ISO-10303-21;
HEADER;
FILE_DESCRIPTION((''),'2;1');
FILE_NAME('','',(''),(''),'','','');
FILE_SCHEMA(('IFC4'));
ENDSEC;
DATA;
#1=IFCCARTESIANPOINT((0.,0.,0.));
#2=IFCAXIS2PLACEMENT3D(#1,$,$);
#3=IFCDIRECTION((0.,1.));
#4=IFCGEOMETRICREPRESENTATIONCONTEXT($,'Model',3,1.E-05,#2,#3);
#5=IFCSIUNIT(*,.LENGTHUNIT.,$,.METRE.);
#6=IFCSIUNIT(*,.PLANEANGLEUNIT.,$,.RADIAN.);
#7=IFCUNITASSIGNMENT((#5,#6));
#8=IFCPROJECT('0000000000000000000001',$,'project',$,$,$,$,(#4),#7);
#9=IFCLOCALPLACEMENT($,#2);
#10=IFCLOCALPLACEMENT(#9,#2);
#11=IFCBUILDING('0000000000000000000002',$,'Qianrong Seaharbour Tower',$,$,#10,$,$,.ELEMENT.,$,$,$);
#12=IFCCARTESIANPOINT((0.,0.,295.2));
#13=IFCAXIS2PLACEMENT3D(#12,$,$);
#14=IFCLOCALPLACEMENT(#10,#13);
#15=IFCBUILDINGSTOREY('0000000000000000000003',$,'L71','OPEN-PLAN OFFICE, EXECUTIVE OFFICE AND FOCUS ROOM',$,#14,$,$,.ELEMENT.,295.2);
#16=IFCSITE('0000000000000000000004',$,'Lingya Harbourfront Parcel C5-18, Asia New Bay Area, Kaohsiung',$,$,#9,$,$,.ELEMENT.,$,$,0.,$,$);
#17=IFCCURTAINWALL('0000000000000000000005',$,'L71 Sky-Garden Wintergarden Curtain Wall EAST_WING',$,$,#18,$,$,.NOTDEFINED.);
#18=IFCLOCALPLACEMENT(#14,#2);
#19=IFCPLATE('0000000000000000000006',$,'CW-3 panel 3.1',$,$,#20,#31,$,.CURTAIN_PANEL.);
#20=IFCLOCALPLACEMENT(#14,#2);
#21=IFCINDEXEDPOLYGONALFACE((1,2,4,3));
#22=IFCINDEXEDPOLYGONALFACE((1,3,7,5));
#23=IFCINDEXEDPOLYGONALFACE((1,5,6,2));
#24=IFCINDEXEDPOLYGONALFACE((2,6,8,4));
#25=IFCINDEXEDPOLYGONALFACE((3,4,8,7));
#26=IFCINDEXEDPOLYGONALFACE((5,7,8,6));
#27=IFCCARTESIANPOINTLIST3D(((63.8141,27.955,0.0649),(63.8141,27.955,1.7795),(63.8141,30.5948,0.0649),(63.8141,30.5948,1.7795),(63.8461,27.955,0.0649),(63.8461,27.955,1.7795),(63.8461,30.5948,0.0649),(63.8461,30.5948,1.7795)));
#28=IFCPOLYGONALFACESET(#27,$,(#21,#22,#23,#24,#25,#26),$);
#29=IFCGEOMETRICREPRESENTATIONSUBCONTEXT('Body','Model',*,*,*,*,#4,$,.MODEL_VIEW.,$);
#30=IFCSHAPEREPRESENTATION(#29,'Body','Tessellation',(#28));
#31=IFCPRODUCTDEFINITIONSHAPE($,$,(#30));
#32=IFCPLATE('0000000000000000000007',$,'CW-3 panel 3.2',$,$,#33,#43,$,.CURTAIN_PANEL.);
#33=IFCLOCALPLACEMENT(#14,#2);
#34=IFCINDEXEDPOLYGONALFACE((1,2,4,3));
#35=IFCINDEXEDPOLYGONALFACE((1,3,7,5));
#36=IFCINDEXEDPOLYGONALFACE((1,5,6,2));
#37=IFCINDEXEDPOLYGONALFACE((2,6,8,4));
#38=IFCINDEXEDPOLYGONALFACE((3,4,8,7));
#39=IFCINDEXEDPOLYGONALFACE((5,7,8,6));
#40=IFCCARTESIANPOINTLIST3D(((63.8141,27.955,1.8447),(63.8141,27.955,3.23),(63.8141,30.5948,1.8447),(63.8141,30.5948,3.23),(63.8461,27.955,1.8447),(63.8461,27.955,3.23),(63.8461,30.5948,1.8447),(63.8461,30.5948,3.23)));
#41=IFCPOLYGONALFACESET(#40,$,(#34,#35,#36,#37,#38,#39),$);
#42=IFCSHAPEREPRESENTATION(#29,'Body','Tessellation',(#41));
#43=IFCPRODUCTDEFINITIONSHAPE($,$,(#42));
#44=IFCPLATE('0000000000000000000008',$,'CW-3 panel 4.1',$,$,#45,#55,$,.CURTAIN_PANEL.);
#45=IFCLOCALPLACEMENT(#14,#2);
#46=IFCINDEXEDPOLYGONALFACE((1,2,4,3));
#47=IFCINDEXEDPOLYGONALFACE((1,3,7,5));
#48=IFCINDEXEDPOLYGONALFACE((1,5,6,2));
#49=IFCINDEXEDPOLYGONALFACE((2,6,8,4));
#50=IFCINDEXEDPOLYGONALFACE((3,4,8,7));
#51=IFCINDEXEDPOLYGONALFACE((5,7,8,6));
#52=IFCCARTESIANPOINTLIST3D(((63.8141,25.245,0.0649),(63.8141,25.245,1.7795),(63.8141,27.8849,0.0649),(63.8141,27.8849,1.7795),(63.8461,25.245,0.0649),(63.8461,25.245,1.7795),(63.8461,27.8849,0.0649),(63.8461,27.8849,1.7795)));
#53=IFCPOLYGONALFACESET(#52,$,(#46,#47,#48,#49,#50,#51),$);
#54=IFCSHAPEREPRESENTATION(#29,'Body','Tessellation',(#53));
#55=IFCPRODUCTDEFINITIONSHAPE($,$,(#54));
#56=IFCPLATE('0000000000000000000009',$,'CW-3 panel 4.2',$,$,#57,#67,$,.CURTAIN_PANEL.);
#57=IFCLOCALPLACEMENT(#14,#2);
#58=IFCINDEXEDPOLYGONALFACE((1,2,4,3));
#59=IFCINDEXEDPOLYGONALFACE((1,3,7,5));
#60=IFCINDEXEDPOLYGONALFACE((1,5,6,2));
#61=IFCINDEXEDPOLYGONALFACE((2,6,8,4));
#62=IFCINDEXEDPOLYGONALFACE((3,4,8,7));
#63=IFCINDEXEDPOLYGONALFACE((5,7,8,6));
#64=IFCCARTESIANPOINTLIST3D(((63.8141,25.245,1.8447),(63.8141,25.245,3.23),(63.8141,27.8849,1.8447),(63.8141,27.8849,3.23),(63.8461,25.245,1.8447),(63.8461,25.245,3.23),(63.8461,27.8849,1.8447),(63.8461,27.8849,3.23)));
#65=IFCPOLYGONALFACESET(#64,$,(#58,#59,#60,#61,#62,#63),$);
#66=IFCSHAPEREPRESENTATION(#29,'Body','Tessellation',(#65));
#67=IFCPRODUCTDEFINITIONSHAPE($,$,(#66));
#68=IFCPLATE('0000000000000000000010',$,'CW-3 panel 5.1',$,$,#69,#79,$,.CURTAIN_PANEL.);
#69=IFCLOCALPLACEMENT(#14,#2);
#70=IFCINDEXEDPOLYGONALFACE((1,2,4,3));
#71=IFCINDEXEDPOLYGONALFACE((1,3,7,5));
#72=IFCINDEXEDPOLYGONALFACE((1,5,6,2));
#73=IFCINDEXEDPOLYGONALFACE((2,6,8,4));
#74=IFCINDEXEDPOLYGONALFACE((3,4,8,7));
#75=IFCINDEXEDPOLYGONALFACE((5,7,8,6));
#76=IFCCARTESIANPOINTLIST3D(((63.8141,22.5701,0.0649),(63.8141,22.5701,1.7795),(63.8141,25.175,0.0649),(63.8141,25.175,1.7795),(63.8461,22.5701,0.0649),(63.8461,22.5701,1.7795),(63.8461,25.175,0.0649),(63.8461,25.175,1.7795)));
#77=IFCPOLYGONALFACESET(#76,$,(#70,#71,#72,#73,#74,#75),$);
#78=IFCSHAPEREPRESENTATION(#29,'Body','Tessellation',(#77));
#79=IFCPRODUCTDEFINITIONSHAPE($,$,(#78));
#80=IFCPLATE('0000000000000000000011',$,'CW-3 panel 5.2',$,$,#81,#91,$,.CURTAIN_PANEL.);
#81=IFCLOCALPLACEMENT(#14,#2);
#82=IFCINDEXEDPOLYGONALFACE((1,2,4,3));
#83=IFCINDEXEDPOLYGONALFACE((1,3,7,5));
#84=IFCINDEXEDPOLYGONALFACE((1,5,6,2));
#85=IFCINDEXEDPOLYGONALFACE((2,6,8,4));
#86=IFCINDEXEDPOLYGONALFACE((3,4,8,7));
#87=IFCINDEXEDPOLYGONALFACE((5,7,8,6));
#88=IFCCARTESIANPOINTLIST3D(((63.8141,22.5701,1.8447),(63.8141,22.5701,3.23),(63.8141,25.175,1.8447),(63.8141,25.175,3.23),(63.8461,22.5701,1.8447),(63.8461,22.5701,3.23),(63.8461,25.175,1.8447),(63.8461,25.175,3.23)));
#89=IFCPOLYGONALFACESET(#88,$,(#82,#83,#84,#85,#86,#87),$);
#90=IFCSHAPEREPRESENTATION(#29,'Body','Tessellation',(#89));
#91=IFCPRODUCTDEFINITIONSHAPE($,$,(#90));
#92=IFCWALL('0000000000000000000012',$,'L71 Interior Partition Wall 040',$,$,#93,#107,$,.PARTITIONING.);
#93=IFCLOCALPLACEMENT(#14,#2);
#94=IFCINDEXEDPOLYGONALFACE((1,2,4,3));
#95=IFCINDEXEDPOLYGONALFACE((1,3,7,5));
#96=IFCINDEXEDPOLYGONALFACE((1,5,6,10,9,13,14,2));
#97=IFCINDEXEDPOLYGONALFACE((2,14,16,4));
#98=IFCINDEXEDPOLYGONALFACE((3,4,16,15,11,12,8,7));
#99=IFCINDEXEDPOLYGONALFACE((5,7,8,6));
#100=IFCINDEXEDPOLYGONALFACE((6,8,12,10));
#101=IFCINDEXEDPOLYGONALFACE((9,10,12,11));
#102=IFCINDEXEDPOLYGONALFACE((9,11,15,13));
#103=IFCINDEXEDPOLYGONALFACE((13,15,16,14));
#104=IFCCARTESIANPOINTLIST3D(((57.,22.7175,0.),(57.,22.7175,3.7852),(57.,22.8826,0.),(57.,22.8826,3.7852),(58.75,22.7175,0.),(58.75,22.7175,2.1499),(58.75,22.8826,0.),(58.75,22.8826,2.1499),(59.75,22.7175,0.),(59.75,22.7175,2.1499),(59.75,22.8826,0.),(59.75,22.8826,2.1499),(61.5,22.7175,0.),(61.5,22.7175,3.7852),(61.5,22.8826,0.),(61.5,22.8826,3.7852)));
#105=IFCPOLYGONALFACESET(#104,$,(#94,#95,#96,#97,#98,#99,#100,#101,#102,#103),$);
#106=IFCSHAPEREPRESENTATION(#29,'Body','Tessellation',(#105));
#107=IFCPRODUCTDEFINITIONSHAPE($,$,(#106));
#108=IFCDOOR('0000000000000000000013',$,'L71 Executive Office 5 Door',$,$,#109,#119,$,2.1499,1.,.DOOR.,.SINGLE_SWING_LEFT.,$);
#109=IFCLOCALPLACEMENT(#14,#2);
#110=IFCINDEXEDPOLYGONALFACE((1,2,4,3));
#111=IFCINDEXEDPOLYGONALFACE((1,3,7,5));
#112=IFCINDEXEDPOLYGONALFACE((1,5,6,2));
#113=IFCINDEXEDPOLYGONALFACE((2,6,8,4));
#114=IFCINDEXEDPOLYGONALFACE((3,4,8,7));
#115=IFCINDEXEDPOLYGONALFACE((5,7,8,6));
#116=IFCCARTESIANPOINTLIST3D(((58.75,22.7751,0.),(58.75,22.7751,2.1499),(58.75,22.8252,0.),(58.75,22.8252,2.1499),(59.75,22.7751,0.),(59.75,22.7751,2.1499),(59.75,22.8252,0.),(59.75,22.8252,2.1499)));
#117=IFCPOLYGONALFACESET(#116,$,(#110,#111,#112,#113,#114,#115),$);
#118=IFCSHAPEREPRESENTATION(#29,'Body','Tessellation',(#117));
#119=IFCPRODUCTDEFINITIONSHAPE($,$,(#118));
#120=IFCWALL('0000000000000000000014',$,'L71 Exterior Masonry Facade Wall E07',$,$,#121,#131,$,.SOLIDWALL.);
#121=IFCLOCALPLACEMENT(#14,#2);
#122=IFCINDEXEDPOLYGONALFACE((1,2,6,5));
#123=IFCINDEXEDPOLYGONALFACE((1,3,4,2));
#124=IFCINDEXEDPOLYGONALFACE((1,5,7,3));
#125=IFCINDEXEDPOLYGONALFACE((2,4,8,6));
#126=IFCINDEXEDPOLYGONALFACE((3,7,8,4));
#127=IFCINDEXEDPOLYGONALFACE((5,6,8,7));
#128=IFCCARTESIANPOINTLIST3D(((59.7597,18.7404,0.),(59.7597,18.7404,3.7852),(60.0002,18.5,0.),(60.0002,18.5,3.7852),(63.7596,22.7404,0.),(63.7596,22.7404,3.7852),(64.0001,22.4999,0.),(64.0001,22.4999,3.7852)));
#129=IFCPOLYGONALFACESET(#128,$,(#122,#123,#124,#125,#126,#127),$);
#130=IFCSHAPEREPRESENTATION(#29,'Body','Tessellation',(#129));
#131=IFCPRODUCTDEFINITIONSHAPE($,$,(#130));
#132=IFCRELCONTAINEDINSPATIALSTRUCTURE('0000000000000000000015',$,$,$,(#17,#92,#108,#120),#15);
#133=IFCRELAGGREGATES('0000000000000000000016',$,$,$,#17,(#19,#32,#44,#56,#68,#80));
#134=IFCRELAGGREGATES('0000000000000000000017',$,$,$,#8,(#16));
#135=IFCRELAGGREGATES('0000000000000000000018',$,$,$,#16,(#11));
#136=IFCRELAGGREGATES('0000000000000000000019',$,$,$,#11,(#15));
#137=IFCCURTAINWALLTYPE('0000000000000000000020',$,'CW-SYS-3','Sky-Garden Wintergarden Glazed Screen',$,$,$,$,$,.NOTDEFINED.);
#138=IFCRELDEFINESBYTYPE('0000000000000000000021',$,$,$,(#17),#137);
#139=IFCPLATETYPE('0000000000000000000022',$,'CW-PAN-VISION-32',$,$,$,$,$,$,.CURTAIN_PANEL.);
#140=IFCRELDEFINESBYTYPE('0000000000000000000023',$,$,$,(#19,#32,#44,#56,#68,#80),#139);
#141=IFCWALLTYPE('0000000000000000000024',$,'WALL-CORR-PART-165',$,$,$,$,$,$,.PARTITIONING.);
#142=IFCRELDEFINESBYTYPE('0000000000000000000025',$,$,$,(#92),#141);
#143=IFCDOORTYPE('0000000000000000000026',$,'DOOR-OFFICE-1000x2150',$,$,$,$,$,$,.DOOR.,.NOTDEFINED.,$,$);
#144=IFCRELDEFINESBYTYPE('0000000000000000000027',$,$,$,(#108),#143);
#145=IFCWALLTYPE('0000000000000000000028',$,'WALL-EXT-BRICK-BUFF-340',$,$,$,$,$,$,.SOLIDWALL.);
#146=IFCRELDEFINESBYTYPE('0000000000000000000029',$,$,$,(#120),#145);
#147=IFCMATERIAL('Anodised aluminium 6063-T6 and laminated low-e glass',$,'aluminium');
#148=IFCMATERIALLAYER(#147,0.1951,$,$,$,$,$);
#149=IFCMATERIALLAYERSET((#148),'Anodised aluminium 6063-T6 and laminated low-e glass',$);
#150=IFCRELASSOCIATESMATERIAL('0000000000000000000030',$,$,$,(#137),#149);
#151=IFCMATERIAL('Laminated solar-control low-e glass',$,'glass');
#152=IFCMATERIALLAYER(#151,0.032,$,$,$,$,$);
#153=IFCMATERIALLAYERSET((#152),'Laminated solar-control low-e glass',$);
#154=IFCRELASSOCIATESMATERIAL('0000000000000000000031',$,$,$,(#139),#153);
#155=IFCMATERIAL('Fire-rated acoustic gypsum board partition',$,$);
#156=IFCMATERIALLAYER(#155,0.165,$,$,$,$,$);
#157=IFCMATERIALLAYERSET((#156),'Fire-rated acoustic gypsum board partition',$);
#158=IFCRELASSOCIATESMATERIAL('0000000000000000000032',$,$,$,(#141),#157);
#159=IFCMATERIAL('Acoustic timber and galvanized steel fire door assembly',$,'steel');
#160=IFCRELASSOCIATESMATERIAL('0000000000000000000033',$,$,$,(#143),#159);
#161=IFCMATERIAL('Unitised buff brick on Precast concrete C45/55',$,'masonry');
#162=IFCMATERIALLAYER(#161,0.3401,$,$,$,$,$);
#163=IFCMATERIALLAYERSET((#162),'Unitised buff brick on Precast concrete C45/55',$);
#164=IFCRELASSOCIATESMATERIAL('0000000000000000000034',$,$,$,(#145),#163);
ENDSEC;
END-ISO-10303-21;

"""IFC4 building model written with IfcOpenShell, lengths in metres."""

from ifc_helpers import new_model, si_unit, direction, frame, frame_2d, origin, origin_2d, place, context, subcontext, project, spatial, rectangle, extrude, material, layer, layer_set, type_object, element, fill, aggregate, save


model = new_model("IFC4")

# Units and contexts
model_context = context("Model", 3, precision=1e-05, world=origin(), true_north=direction((0.0, 1.0)))
body_context = subcontext(model_context, "Body", "Model", "MODEL_VIEW")
ifc_project = project(units=[si_unit("LENGTHUNIT", "METRE"), si_unit("PLANEANGLEUNIT", "RADIAN")], contexts=[model_context])

# Site, building, storey
site_placement = place(None, origin())
site = spatial("IfcSite", under=ifc_project, at=site_placement, Name="Lingya Harbourfront Parcel C5-18, Asia New Bay Area, Kaohsiung", CompositionType="ELEMENT", RefElevation=0.0)
building_placement = place(site_placement, origin())
building = spatial("IfcBuilding", under=site, at=building_placement, Name="Qianrong Seaharbour Tower", CompositionType="ELEMENT")
storey_placement = place(building_placement, frame((0.0, 0.0, 295.2)))
storey = spatial("IfcBuildingStorey", under=building, at=storey_placement, Name="L71", Description="OPEN-PLAN OFFICE, EXECUTIVE OFFICE AND FOCUS ROOM", CompositionType="ELEMENT", Elevation=295.2)

# Curtain wall, plates
ifc_material_1 = material(Name="Anodised aluminium 6063-T6 and laminated low-e glass", Category="aluminium")
ifc_layer_1 = layer(ifc_material_1, 0.1951)
ifc_layer_set_1 = layer_set([ifc_layer_1], Name="Anodised aluminium 6063-T6 and laminated low-e glass")
curtain_wall_type = type_object("IfcCurtainWallType", Name="CW-SYS-3", Description="Sky-Garden Wintergarden Glazed Screen", PredefinedType="NOTDEFINED", material=ifc_layer_set_1)
curtain_wall_placement = place(storey_placement, origin())
curtain_wall = element("IfcCurtainWall", 1, at=curtain_wall_placement, inside=storey, type_object=curtain_wall_type, Name="L71 Sky-Garden Wintergarden Curtain Wall EAST_WING", PredefinedType="NOTDEFINED")
ifc_material_2 = material(Name="Laminated solar-control low-e glass", Category="glass")
ifc_layer_2 = layer(ifc_material_2, 0.032)
ifc_layer_set_2 = layer_set([ifc_layer_2], Name="Laminated solar-control low-e glass")
plate_type = type_object("IfcPlateType", Name="CW-PAN-VISION-32", PredefinedType="CURTAIN_PANEL", material=ifc_layer_set_2)
plate_1_placement = place(storey_placement, frame((63.8301, 29.2749, 0.0649), z_axis=(0.0, 0.0, 1.0), x_axis=(0.0, -1.0, 0.0)))
plate_1 = element("IfcPlate", 2, at=plate_1_placement, type_object=plate_type, Name="CW-3 panel 3.1", PredefinedType="CURTAIN_PANEL", context=body_context, shape_type="SweptSolid", body=[
    extrude(rectangle(XDim=2.6399, YDim=0.032, at=origin_2d()), origin(), (0.0, 0.0, 1.0), 1.7146),
])
plate_2_placement = place(storey_placement, frame((63.8301, 29.2749, 1.8447), z_axis=(0.0, 0.0, 1.0), x_axis=(0.0, -1.0, 0.0)))
plate_2 = element("IfcPlate", 3, at=plate_2_placement, type_object=plate_type, Name="CW-3 panel 3.2", PredefinedType="CURTAIN_PANEL", context=body_context, shape_type="SweptSolid", body=[
    extrude(rectangle(XDim=2.6399, YDim=0.032, at=origin_2d()), origin(), (0.0, 0.0, 1.0), 1.3853),
])
plate_3_placement = place(storey_placement, frame((63.8301, 26.5649, 0.0649), z_axis=(0.0, 0.0, 1.0), x_axis=(0.0, -1.0, 0.0)))
plate_3 = element("IfcPlate", 4, at=plate_3_placement, type_object=plate_type, Name="CW-3 panel 4.1", PredefinedType="CURTAIN_PANEL", context=body_context, shape_type="SweptSolid", body=[
    extrude(rectangle(XDim=2.6399, YDim=0.032, at=origin_2d()), origin(), (0.0, 0.0, 1.0), 1.7146),
])
plate_4_placement = place(storey_placement, frame((63.8301, 26.5649, 1.8447), z_axis=(0.0, 0.0, 1.0), x_axis=(0.0, -1.0, 0.0)))
plate_4 = element("IfcPlate", 5, at=plate_4_placement, type_object=plate_type, Name="CW-3 panel 4.2", PredefinedType="CURTAIN_PANEL", context=body_context, shape_type="SweptSolid", body=[
    extrude(rectangle(XDim=2.6399, YDim=0.032, at=origin_2d()), origin(), (0.0, 0.0, 1.0), 1.3853),
])
plate_5_placement = place(storey_placement, frame((63.8301, 23.8726, 0.0649), z_axis=(0.0, 0.0, 1.0), x_axis=(0.0, -1.0, 0.0)))
plate_5 = element("IfcPlate", 6, at=plate_5_placement, type_object=plate_type, Name="CW-3 panel 5.1", PredefinedType="CURTAIN_PANEL", context=body_context, shape_type="SweptSolid", body=[
    extrude(rectangle(XDim=2.605, YDim=0.032, at=origin_2d()), origin(), (0.0, 0.0, 1.0), 1.7146),
])
plate_6_placement = place(storey_placement, frame((63.8301, 23.8726, 1.8447), z_axis=(0.0, 0.0, 1.0), x_axis=(0.0, -1.0, 0.0)))
plate_6 = element("IfcPlate", 7, at=plate_6_placement, type_object=plate_type, Name="CW-3 panel 5.2", PredefinedType="CURTAIN_PANEL", context=body_context, shape_type="SweptSolid", body=[
    extrude(rectangle(XDim=2.605, YDim=0.032, at=origin_2d()), origin(), (0.0, 0.0, 1.0), 1.3853),
])
aggregate(curtain_wall, [plate_1, plate_2, plate_3, plate_4, plate_5, plate_6])

# Wall, opening, door
ifc_material_3 = material(Name="Fire-rated acoustic gypsum board partition")
ifc_layer_3 = layer(ifc_material_3, 0.165)
ifc_layer_set_3 = layer_set([ifc_layer_3], Name="Fire-rated acoustic gypsum board partition")
wall_type_1 = type_object("IfcWallType", Name="WALL-CORR-PART-165", PredefinedType="PARTITIONING", material=ifc_layer_set_3)
wall_1_placement = place(storey_placement, frame((61.5, 22.8, 0.0), z_axis=(0.0, 0.0, 1.0), x_axis=(-1.0, 0.0, 0.0)))
wall_1 = element("IfcWall", 8, at=wall_1_placement, inside=storey, type_object=wall_type_1, Name="L71 Interior Partition Wall 040", PredefinedType="PARTITIONING", context=body_context, shape_type="SweptSolid", body=[
    extrude(rectangle(XDim=4.5, YDim=0.165, at=frame_2d((2.25, 0.0))), origin(), (0.0, 0.0, 1.0), 3.7852),
])
opening_placement = place(wall_1_placement, frame((1.75, 0.0, 0.0)))
opening = element("IfcOpeningElement", 9, at=opening_placement, cuts=wall_1, PredefinedType="OPENING", context=body_context, shape_type="SweptSolid", body=[
    extrude(rectangle(XDim=1.0, YDim=2.1499, at=frame_2d((0.5, 1.075))), frame((0.0, 0.0925, 0.0), z_axis=(0.0, -1.0, 0.0), x_axis=(1.0, 0.0, 0.0)), (0.0, 0.0, 1.0), 0.1851),
])
ifc_material_4 = material(Name="Acoustic timber and galvanized steel fire door assembly", Category="steel")
door_type = type_object("IfcDoorType", Name="DOOR-OFFICE-1000x2150", OperationType="NOTDEFINED", PredefinedType="DOOR", material=ifc_material_4)
door_placement = place(opening_placement, origin())
door = element("IfcDoor", 10, at=door_placement, inside=storey, type_object=door_type, Name="L71 Executive Office 5 Door", OperationType="SINGLE_SWING_LEFT", OverallHeight=2.1499, OverallWidth=1.0, PredefinedType="DOOR", context=body_context, shape_type="SweptSolid", body=[
    extrude(rectangle(XDim=1.0, YDim=2.1499, at=frame_2d((0.5, 1.075))), frame((0.0, 0.0249, 0.0), z_axis=(0.0, -1.0, 0.0), x_axis=(1.0, 0.0, 0.0)), (0.0, 0.0, 1.0), 0.05),
])
fill(opening, door)

# Wall
ifc_material_5 = material(Name="Unitised buff brick on Precast concrete C45/55", Category="masonry")
ifc_layer_4 = layer(ifc_material_5, 0.3401)
ifc_layer_set_4 = layer_set([ifc_layer_4], Name="Unitised buff brick on Precast concrete C45/55")
wall_type_2 = type_object("IfcWallType", Name="WALL-EXT-BRICK-BUFF-340", PredefinedType="SOLIDWALL", material=ifc_layer_set_4)
wall_2_placement = place(storey_placement, frame((63.8799, 22.6201, 0.0), z_axis=(0.0, 0.0, 1.0), x_axis=(-0.707107, -0.707107, 0.0)))
element("IfcWall", 11, at=wall_2_placement, inside=storey, type_object=wall_type_2, Name="L71 Exterior Masonry Facade Wall E07", PredefinedType="SOLIDWALL", context=body_context, shape_type="SweptSolid", body=[
    extrude(rectangle(XDim=5.6567, YDim=0.3401, at=frame_2d((2.8284, 0.0))), origin(), (0.0, 0.0, 1.0), 3.7852),
])

save(model, "model.ifc")
